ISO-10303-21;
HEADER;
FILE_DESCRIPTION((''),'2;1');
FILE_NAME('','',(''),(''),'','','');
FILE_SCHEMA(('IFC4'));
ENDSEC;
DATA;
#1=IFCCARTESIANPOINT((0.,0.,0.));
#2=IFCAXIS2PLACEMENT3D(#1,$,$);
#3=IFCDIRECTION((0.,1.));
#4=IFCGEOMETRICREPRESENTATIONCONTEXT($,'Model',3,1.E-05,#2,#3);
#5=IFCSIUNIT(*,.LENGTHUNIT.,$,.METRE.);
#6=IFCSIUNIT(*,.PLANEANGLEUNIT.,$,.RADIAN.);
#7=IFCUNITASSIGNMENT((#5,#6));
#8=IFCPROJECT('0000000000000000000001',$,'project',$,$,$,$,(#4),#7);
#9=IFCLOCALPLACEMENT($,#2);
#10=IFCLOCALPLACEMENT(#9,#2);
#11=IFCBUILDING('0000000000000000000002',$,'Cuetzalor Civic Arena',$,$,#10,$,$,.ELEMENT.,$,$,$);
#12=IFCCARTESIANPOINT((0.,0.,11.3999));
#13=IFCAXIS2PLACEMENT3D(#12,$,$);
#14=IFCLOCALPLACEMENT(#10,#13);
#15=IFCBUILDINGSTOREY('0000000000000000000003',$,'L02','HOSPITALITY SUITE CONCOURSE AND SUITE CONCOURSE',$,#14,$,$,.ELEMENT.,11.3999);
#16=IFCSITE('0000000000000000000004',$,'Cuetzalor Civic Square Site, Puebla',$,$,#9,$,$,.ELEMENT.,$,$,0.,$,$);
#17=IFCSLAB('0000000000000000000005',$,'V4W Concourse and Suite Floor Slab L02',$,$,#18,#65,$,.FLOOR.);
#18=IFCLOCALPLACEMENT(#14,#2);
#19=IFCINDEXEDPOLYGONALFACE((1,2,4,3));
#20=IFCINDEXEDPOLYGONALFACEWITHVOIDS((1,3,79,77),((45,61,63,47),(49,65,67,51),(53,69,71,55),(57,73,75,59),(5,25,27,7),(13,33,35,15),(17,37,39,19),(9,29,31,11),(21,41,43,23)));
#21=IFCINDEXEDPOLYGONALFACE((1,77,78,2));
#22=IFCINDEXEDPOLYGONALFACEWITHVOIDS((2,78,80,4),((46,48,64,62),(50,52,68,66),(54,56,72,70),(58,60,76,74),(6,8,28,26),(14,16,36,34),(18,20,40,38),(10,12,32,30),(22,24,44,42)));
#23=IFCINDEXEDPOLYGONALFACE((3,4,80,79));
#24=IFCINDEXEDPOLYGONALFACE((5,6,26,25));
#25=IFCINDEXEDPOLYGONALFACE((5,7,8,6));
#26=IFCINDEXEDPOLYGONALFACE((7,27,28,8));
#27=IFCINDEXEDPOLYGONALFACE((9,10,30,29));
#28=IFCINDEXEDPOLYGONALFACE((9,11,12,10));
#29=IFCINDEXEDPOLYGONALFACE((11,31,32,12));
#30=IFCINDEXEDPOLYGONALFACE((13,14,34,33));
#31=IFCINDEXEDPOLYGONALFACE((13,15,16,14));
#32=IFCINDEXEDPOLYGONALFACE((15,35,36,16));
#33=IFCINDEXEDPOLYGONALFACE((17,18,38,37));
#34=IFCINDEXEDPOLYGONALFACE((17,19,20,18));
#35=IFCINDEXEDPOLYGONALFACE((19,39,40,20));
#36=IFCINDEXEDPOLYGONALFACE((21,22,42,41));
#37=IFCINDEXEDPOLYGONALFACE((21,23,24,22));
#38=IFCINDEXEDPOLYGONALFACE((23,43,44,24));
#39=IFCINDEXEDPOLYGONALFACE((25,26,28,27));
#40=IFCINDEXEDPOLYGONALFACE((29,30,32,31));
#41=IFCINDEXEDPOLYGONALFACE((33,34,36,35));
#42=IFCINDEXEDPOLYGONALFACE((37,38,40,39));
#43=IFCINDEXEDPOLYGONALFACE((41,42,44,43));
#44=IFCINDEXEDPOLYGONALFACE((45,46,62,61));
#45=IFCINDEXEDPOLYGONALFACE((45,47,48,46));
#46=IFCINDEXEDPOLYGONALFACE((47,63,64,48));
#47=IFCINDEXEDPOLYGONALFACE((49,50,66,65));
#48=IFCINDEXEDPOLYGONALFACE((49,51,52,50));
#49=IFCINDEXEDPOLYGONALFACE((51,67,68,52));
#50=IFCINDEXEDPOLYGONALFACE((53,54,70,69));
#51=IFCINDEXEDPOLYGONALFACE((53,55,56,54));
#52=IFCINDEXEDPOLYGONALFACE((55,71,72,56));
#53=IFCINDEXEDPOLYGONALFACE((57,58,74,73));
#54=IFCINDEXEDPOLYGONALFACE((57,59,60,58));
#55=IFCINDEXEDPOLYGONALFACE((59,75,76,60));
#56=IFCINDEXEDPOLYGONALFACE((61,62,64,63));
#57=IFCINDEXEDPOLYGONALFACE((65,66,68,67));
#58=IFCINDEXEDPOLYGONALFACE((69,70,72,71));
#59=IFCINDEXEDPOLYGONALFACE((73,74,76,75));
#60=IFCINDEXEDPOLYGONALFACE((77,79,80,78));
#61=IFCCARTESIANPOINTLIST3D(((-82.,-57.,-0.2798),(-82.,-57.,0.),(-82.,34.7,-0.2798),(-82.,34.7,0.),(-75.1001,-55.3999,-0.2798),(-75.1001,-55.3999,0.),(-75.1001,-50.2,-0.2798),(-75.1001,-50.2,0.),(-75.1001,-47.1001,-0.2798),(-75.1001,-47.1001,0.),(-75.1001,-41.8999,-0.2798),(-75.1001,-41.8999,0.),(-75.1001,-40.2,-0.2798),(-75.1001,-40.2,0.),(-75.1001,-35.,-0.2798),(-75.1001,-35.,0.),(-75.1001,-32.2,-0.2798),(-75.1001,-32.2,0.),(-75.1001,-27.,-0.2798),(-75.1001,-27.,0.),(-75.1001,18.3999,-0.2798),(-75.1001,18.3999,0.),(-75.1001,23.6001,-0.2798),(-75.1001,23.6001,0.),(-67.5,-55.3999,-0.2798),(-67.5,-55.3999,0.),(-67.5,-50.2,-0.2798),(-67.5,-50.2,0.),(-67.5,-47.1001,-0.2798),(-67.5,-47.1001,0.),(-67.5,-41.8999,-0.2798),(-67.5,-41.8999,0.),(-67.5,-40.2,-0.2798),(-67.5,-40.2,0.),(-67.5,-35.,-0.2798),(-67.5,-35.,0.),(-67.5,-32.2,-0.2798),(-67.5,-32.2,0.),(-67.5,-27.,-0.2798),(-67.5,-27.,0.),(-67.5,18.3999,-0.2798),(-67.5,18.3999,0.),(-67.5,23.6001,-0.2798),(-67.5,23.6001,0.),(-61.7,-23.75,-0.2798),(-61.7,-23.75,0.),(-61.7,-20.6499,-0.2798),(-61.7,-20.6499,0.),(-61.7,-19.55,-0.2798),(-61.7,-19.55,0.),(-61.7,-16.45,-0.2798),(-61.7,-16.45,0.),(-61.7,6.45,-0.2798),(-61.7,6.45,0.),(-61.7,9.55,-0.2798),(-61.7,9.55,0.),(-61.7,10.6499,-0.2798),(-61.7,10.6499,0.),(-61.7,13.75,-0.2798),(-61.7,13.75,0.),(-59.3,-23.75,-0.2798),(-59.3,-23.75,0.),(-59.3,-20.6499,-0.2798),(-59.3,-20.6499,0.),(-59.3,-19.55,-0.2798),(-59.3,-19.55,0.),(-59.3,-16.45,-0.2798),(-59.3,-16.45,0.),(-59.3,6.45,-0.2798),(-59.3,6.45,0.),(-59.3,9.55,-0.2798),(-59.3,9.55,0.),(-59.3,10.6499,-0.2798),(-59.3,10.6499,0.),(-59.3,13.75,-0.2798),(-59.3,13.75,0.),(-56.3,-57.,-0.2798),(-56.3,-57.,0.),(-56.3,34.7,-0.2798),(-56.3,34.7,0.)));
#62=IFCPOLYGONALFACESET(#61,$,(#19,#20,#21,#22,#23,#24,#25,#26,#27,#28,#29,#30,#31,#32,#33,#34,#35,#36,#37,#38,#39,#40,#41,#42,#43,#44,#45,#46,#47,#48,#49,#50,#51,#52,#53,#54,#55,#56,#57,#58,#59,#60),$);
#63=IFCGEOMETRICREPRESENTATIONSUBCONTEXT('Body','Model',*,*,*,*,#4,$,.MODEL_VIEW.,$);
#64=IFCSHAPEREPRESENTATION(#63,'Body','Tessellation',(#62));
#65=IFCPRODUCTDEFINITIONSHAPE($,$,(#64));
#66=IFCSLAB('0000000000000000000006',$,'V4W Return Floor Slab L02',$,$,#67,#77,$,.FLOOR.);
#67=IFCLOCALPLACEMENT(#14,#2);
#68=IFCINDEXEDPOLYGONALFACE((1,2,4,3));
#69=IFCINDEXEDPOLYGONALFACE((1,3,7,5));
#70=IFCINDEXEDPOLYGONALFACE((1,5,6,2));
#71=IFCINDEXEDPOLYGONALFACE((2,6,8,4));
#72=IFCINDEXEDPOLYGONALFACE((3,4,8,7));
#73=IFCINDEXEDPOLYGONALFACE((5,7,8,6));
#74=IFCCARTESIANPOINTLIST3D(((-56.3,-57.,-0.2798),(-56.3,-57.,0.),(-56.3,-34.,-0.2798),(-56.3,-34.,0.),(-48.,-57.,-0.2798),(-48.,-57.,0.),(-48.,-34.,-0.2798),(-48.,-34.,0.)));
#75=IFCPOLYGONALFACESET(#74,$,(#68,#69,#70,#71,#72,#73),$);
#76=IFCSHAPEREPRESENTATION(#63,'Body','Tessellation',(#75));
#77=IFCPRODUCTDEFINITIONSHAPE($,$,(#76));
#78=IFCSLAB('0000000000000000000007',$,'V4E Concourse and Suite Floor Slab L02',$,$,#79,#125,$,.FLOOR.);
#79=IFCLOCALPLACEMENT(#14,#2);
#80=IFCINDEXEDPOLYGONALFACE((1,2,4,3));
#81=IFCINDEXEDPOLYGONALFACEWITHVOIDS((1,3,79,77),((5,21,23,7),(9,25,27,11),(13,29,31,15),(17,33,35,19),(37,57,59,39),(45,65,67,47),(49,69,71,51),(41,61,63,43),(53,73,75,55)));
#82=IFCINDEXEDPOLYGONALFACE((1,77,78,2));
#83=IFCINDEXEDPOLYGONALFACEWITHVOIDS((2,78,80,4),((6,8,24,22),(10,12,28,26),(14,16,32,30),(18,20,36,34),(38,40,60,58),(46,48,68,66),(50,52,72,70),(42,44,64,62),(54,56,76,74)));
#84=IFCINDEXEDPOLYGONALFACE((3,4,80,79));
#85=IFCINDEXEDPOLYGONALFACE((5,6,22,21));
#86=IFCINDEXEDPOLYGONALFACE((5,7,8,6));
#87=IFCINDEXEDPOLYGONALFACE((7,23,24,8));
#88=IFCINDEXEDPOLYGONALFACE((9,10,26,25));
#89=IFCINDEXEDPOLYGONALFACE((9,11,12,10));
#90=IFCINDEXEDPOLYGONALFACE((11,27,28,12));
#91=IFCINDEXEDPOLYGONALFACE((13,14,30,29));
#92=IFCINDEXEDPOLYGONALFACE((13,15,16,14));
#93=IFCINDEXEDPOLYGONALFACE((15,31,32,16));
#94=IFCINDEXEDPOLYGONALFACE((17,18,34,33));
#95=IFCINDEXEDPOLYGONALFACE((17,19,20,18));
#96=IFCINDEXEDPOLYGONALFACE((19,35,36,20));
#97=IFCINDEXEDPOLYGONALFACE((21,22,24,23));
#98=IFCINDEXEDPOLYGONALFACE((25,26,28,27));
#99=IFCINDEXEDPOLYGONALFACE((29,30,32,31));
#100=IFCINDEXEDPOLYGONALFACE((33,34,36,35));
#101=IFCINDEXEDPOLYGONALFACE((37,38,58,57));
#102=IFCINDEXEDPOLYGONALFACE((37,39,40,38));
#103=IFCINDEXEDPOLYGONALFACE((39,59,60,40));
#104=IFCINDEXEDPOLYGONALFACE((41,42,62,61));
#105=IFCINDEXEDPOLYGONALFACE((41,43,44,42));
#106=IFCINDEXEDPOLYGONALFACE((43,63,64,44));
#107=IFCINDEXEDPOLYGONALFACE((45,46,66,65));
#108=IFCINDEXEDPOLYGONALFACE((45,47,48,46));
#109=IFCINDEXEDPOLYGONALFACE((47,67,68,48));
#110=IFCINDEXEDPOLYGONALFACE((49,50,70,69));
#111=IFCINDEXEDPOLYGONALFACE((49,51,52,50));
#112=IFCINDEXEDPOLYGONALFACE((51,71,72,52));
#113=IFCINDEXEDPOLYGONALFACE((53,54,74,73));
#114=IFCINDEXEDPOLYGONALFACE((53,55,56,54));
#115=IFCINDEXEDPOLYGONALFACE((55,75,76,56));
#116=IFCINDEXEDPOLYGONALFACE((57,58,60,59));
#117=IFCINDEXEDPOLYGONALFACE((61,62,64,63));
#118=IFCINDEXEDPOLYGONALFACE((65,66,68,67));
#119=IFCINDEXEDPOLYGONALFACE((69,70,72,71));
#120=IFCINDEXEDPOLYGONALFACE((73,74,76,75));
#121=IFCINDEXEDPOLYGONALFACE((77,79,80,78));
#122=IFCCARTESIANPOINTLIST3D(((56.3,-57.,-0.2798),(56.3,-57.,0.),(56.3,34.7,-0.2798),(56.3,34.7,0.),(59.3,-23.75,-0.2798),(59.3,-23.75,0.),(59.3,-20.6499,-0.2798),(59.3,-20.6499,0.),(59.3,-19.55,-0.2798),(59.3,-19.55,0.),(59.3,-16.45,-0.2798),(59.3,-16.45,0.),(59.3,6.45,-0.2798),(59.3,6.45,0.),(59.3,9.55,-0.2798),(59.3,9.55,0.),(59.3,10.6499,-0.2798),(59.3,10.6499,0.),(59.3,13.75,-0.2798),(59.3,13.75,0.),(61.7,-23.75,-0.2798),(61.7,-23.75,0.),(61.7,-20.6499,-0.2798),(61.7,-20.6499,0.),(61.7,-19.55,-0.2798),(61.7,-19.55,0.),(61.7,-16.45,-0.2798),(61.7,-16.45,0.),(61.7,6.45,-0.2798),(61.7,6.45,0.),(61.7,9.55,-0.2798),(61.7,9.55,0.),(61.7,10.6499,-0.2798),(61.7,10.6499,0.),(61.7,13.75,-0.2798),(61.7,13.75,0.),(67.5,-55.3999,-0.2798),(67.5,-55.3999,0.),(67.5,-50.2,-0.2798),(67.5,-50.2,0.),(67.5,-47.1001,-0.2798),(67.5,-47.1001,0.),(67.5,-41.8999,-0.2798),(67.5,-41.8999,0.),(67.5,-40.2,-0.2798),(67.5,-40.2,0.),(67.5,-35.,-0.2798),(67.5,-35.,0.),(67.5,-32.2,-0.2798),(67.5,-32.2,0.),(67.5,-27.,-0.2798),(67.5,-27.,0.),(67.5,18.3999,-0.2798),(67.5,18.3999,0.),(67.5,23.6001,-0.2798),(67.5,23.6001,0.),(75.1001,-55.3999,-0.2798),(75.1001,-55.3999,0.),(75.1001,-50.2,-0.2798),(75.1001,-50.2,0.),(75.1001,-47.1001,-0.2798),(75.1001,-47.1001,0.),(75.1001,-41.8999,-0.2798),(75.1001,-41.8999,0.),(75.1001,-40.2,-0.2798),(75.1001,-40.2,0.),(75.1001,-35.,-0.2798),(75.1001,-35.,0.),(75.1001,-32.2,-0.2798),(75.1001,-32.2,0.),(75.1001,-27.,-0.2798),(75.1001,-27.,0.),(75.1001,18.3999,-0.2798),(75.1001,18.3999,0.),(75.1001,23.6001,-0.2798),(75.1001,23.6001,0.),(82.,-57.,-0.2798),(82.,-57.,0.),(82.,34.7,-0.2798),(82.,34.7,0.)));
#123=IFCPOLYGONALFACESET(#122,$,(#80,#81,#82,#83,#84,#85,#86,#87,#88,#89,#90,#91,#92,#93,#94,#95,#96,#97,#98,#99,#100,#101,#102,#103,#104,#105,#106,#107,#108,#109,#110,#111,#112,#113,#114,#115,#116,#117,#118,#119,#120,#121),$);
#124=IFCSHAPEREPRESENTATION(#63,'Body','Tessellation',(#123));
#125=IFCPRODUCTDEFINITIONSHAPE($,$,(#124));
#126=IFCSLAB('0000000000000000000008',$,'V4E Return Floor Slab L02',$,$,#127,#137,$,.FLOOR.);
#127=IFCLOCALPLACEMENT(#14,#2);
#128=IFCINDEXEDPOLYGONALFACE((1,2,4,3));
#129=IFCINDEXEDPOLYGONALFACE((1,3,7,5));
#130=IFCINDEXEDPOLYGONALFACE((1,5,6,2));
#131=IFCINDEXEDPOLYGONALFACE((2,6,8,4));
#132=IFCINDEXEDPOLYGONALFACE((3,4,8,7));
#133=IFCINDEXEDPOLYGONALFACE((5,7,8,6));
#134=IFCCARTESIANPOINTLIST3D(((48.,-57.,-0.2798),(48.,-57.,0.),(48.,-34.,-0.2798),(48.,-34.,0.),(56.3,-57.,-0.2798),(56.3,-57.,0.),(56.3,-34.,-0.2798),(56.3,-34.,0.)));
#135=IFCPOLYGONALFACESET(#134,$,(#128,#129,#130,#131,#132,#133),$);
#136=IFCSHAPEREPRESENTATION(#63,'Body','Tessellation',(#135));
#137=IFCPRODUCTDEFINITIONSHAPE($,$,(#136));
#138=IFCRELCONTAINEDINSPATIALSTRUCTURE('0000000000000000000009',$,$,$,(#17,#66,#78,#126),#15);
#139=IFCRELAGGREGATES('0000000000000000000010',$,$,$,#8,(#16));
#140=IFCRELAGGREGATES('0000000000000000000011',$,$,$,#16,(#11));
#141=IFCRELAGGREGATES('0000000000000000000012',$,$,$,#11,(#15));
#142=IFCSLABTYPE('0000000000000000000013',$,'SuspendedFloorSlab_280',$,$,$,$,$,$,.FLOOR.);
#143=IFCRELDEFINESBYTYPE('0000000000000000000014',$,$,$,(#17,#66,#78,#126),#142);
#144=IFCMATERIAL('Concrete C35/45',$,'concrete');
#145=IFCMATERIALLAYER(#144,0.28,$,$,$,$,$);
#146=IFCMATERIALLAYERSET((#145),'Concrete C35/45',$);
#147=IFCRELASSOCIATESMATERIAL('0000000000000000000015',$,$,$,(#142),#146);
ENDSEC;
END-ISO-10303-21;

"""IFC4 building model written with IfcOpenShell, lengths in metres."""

from ifc_helpers import new_model, si_unit, direction, frame, origin, place, context, subcontext, project, spatial, polyline, outline, extrude, material, layer, layer_set, type_object, element, save


model = new_model("IFC4")

# Units and contexts
model_context = context("Model", 3, precision=1e-05, world=origin(), true_north=direction((0.0, 1.0)))
body_context = subcontext(model_context, "Body", "Model", "MODEL_VIEW")
ifc_project = project(units=[si_unit("LENGTHUNIT", "METRE"), si_unit("PLANEANGLEUNIT", "RADIAN")], contexts=[model_context])

# Site, building, storey
site_placement = place(None, origin())
site = spatial("IfcSite", under=ifc_project, at=site_placement, Name="Cuetzalor Civic Square Site, Puebla", CompositionType="ELEMENT", RefElevation=0.0)
building_placement = place(site_placement, origin())
building = spatial("IfcBuilding", under=site, at=building_placement, Name="Cuetzalor Civic Arena", CompositionType="ELEMENT")
storey_placement = place(building_placement, frame((0.0, 0.0, 11.3999)))
storey = spatial("IfcBuildingStorey", under=building, at=storey_placement, Name="L02", Description="HOSPITALITY SUITE CONCOURSE AND SUITE CONCOURSE", CompositionType="ELEMENT", Elevation=11.3999)

# Slabs
ifc_material_1 = material(Name="Concrete C35/45", Category="concrete")
ifc_layer_1 = layer(ifc_material_1, 0.28)
ifc_layer_set_1 = layer_set([ifc_layer_1], Name="Concrete C35/45")
slab_type_1 = type_object("IfcSlabType", Name="SuspendedFloorSlab_280", PredefinedType="FLOOR", material=ifc_layer_set_1)
slab_1_placement = place(storey_placement, frame((0.0, 0.0, -0.2798)))
element("IfcSlab", 1, at=slab_1_placement, inside=storey, type_object=slab_type_1, Name="V4W Concourse and Suite Floor Slab L02", PredefinedType="FLOOR", context=body_context, shape_type="SweptSolid", body=[
    extrude(outline(polyline([(-82.0, -57.0), (-56.3, -57.0), (-56.3, 34.7), (-82.0, 34.7), (-82.0, -57.0)]), holes=[polyline([(-75.1001, -55.3999), (-67.5, -55.3999), (-67.5, -50.2), (-75.1001, -50.2), (-75.1001, -55.3999)]), polyline([(-75.1001, -47.1001), (-67.5, -47.1001), (-67.5, -41.8999), (-75.1001, -41.8999), (-75.1001, -47.1001)]), polyline([(-75.1001, -40.2), (-67.5, -40.2), (-67.5, -35.0), (-75.1001, -35.0), (-75.1001, -40.2)]), polyline([(-75.1001, -32.2), (-67.5, -32.2), (-67.5, -27.0), (-75.1001, -27.0), (-75.1001, -32.2)]), polyline([(-75.1001, 18.3999), (-67.5, 18.3999), (-67.5, 23.6001), (-75.1001, 23.6001), (-75.1001, 18.3999)]), polyline([(-61.7, -19.55), (-59.3, -19.55), (-59.3, -16.45), (-61.7, -16.45), (-61.7, -19.55)]), polyline([(-61.7, 6.45), (-59.3, 6.45), (-59.3, 9.55), (-61.7, 9.55), (-61.7, 6.45)]), polyline([(-61.7, -23.75), (-59.3, -23.75), (-59.3, -20.6499), (-61.7, -20.6499), (-61.7, -23.75)]), polyline([(-61.7, 10.6499), (-59.3, 10.6499), (-59.3, 13.75), (-61.7, 13.75), (-61.7, 10.6499)])]), origin(), (0.0, 0.0, 1.0), 0.2798),
])
slab_2_placement = place(storey_placement, frame((0.0, 0.0, -0.2798)))
element("IfcSlab", 2, at=slab_2_placement, inside=storey, type_object=slab_type_1, Name="V4W Return Floor Slab L02", PredefinedType="FLOOR", context=body_context, shape_type="SweptSolid", body=[
    extrude(outline(polyline([(-56.3, -57.0), (-48.0, -57.0), (-48.0, -34.0), (-56.3, -34.0), (-56.3, -57.0)])), origin(), (0.0, 0.0, 1.0), 0.2798),
])
slab_3_placement = place(storey_placement, frame((0.0, 0.0, -0.2798)))
element("IfcSlab", 3, at=slab_3_placement, inside=storey, type_object=slab_type_1, Name="V4E Concourse and Suite Floor Slab L02", PredefinedType="FLOOR", context=body_context, shape_type="SweptSolid", body=[
    extrude(outline(polyline([(56.3, -57.0), (82.0, -57.0), (82.0, 34.7), (56.3, 34.7), (56.3, -57.0)]), holes=[polyline([(67.5, -55.3999), (75.1001, -55.3999), (75.1001, -50.2), (67.5, -50.2), (67.5, -55.3999)]), polyline([(67.5, -47.1001), (75.1001, -47.1001), (75.1001, -41.8999), (67.5, -41.8999), (67.5, -47.1001)]), polyline([(67.5, -40.2), (75.1001, -40.2), (75.1001, -35.0), (67.5, -35.0), (67.5, -40.2)]), polyline([(67.5, -32.2), (75.1001, -32.2), (75.1001, -27.0), (67.5, -27.0), (67.5, -32.2)]), polyline([(67.5, 18.3999), (75.1001, 18.3999), (75.1001, 23.6001), (67.5, 23.6001), (67.5, 18.3999)]), polyline([(59.3, -19.55), (61.7, -19.55), (61.7, -16.45), (59.3, -16.45), (59.3, -19.55)]), polyline([(59.3, 6.45), (61.7, 6.45), (61.7, 9.55), (59.3, 9.55), (59.3, 6.45)]), polyline([(59.3, -23.75), (61.7, -23.75), (61.7, -20.6499), (59.3, -20.6499), (59.3, -23.75)]), polyline([(59.3, 10.6499), (61.7, 10.6499), (61.7, 13.75), (59.3, 13.75), (59.3, 10.6499)])]), origin(), (0.0, 0.0, 1.0), 0.2798),
])
slab_4_placement = place(storey_placement, frame((0.0, 0.0, -0.2798)))
element("IfcSlab", 4, at=slab_4_placement, inside=storey, type_object=slab_type_1, Name="V4E Return Floor Slab L02", PredefinedType="FLOOR", context=body_context, shape_type="SweptSolid", body=[
    extrude(outline(polyline([(48.0, -57.0), (56.3, -57.0), (56.3, -34.0), (48.0, -34.0), (48.0, -57.0)])), origin(), (0.0, 0.0, 1.0), 0.2798),
])

save(model, "model.ifc")
